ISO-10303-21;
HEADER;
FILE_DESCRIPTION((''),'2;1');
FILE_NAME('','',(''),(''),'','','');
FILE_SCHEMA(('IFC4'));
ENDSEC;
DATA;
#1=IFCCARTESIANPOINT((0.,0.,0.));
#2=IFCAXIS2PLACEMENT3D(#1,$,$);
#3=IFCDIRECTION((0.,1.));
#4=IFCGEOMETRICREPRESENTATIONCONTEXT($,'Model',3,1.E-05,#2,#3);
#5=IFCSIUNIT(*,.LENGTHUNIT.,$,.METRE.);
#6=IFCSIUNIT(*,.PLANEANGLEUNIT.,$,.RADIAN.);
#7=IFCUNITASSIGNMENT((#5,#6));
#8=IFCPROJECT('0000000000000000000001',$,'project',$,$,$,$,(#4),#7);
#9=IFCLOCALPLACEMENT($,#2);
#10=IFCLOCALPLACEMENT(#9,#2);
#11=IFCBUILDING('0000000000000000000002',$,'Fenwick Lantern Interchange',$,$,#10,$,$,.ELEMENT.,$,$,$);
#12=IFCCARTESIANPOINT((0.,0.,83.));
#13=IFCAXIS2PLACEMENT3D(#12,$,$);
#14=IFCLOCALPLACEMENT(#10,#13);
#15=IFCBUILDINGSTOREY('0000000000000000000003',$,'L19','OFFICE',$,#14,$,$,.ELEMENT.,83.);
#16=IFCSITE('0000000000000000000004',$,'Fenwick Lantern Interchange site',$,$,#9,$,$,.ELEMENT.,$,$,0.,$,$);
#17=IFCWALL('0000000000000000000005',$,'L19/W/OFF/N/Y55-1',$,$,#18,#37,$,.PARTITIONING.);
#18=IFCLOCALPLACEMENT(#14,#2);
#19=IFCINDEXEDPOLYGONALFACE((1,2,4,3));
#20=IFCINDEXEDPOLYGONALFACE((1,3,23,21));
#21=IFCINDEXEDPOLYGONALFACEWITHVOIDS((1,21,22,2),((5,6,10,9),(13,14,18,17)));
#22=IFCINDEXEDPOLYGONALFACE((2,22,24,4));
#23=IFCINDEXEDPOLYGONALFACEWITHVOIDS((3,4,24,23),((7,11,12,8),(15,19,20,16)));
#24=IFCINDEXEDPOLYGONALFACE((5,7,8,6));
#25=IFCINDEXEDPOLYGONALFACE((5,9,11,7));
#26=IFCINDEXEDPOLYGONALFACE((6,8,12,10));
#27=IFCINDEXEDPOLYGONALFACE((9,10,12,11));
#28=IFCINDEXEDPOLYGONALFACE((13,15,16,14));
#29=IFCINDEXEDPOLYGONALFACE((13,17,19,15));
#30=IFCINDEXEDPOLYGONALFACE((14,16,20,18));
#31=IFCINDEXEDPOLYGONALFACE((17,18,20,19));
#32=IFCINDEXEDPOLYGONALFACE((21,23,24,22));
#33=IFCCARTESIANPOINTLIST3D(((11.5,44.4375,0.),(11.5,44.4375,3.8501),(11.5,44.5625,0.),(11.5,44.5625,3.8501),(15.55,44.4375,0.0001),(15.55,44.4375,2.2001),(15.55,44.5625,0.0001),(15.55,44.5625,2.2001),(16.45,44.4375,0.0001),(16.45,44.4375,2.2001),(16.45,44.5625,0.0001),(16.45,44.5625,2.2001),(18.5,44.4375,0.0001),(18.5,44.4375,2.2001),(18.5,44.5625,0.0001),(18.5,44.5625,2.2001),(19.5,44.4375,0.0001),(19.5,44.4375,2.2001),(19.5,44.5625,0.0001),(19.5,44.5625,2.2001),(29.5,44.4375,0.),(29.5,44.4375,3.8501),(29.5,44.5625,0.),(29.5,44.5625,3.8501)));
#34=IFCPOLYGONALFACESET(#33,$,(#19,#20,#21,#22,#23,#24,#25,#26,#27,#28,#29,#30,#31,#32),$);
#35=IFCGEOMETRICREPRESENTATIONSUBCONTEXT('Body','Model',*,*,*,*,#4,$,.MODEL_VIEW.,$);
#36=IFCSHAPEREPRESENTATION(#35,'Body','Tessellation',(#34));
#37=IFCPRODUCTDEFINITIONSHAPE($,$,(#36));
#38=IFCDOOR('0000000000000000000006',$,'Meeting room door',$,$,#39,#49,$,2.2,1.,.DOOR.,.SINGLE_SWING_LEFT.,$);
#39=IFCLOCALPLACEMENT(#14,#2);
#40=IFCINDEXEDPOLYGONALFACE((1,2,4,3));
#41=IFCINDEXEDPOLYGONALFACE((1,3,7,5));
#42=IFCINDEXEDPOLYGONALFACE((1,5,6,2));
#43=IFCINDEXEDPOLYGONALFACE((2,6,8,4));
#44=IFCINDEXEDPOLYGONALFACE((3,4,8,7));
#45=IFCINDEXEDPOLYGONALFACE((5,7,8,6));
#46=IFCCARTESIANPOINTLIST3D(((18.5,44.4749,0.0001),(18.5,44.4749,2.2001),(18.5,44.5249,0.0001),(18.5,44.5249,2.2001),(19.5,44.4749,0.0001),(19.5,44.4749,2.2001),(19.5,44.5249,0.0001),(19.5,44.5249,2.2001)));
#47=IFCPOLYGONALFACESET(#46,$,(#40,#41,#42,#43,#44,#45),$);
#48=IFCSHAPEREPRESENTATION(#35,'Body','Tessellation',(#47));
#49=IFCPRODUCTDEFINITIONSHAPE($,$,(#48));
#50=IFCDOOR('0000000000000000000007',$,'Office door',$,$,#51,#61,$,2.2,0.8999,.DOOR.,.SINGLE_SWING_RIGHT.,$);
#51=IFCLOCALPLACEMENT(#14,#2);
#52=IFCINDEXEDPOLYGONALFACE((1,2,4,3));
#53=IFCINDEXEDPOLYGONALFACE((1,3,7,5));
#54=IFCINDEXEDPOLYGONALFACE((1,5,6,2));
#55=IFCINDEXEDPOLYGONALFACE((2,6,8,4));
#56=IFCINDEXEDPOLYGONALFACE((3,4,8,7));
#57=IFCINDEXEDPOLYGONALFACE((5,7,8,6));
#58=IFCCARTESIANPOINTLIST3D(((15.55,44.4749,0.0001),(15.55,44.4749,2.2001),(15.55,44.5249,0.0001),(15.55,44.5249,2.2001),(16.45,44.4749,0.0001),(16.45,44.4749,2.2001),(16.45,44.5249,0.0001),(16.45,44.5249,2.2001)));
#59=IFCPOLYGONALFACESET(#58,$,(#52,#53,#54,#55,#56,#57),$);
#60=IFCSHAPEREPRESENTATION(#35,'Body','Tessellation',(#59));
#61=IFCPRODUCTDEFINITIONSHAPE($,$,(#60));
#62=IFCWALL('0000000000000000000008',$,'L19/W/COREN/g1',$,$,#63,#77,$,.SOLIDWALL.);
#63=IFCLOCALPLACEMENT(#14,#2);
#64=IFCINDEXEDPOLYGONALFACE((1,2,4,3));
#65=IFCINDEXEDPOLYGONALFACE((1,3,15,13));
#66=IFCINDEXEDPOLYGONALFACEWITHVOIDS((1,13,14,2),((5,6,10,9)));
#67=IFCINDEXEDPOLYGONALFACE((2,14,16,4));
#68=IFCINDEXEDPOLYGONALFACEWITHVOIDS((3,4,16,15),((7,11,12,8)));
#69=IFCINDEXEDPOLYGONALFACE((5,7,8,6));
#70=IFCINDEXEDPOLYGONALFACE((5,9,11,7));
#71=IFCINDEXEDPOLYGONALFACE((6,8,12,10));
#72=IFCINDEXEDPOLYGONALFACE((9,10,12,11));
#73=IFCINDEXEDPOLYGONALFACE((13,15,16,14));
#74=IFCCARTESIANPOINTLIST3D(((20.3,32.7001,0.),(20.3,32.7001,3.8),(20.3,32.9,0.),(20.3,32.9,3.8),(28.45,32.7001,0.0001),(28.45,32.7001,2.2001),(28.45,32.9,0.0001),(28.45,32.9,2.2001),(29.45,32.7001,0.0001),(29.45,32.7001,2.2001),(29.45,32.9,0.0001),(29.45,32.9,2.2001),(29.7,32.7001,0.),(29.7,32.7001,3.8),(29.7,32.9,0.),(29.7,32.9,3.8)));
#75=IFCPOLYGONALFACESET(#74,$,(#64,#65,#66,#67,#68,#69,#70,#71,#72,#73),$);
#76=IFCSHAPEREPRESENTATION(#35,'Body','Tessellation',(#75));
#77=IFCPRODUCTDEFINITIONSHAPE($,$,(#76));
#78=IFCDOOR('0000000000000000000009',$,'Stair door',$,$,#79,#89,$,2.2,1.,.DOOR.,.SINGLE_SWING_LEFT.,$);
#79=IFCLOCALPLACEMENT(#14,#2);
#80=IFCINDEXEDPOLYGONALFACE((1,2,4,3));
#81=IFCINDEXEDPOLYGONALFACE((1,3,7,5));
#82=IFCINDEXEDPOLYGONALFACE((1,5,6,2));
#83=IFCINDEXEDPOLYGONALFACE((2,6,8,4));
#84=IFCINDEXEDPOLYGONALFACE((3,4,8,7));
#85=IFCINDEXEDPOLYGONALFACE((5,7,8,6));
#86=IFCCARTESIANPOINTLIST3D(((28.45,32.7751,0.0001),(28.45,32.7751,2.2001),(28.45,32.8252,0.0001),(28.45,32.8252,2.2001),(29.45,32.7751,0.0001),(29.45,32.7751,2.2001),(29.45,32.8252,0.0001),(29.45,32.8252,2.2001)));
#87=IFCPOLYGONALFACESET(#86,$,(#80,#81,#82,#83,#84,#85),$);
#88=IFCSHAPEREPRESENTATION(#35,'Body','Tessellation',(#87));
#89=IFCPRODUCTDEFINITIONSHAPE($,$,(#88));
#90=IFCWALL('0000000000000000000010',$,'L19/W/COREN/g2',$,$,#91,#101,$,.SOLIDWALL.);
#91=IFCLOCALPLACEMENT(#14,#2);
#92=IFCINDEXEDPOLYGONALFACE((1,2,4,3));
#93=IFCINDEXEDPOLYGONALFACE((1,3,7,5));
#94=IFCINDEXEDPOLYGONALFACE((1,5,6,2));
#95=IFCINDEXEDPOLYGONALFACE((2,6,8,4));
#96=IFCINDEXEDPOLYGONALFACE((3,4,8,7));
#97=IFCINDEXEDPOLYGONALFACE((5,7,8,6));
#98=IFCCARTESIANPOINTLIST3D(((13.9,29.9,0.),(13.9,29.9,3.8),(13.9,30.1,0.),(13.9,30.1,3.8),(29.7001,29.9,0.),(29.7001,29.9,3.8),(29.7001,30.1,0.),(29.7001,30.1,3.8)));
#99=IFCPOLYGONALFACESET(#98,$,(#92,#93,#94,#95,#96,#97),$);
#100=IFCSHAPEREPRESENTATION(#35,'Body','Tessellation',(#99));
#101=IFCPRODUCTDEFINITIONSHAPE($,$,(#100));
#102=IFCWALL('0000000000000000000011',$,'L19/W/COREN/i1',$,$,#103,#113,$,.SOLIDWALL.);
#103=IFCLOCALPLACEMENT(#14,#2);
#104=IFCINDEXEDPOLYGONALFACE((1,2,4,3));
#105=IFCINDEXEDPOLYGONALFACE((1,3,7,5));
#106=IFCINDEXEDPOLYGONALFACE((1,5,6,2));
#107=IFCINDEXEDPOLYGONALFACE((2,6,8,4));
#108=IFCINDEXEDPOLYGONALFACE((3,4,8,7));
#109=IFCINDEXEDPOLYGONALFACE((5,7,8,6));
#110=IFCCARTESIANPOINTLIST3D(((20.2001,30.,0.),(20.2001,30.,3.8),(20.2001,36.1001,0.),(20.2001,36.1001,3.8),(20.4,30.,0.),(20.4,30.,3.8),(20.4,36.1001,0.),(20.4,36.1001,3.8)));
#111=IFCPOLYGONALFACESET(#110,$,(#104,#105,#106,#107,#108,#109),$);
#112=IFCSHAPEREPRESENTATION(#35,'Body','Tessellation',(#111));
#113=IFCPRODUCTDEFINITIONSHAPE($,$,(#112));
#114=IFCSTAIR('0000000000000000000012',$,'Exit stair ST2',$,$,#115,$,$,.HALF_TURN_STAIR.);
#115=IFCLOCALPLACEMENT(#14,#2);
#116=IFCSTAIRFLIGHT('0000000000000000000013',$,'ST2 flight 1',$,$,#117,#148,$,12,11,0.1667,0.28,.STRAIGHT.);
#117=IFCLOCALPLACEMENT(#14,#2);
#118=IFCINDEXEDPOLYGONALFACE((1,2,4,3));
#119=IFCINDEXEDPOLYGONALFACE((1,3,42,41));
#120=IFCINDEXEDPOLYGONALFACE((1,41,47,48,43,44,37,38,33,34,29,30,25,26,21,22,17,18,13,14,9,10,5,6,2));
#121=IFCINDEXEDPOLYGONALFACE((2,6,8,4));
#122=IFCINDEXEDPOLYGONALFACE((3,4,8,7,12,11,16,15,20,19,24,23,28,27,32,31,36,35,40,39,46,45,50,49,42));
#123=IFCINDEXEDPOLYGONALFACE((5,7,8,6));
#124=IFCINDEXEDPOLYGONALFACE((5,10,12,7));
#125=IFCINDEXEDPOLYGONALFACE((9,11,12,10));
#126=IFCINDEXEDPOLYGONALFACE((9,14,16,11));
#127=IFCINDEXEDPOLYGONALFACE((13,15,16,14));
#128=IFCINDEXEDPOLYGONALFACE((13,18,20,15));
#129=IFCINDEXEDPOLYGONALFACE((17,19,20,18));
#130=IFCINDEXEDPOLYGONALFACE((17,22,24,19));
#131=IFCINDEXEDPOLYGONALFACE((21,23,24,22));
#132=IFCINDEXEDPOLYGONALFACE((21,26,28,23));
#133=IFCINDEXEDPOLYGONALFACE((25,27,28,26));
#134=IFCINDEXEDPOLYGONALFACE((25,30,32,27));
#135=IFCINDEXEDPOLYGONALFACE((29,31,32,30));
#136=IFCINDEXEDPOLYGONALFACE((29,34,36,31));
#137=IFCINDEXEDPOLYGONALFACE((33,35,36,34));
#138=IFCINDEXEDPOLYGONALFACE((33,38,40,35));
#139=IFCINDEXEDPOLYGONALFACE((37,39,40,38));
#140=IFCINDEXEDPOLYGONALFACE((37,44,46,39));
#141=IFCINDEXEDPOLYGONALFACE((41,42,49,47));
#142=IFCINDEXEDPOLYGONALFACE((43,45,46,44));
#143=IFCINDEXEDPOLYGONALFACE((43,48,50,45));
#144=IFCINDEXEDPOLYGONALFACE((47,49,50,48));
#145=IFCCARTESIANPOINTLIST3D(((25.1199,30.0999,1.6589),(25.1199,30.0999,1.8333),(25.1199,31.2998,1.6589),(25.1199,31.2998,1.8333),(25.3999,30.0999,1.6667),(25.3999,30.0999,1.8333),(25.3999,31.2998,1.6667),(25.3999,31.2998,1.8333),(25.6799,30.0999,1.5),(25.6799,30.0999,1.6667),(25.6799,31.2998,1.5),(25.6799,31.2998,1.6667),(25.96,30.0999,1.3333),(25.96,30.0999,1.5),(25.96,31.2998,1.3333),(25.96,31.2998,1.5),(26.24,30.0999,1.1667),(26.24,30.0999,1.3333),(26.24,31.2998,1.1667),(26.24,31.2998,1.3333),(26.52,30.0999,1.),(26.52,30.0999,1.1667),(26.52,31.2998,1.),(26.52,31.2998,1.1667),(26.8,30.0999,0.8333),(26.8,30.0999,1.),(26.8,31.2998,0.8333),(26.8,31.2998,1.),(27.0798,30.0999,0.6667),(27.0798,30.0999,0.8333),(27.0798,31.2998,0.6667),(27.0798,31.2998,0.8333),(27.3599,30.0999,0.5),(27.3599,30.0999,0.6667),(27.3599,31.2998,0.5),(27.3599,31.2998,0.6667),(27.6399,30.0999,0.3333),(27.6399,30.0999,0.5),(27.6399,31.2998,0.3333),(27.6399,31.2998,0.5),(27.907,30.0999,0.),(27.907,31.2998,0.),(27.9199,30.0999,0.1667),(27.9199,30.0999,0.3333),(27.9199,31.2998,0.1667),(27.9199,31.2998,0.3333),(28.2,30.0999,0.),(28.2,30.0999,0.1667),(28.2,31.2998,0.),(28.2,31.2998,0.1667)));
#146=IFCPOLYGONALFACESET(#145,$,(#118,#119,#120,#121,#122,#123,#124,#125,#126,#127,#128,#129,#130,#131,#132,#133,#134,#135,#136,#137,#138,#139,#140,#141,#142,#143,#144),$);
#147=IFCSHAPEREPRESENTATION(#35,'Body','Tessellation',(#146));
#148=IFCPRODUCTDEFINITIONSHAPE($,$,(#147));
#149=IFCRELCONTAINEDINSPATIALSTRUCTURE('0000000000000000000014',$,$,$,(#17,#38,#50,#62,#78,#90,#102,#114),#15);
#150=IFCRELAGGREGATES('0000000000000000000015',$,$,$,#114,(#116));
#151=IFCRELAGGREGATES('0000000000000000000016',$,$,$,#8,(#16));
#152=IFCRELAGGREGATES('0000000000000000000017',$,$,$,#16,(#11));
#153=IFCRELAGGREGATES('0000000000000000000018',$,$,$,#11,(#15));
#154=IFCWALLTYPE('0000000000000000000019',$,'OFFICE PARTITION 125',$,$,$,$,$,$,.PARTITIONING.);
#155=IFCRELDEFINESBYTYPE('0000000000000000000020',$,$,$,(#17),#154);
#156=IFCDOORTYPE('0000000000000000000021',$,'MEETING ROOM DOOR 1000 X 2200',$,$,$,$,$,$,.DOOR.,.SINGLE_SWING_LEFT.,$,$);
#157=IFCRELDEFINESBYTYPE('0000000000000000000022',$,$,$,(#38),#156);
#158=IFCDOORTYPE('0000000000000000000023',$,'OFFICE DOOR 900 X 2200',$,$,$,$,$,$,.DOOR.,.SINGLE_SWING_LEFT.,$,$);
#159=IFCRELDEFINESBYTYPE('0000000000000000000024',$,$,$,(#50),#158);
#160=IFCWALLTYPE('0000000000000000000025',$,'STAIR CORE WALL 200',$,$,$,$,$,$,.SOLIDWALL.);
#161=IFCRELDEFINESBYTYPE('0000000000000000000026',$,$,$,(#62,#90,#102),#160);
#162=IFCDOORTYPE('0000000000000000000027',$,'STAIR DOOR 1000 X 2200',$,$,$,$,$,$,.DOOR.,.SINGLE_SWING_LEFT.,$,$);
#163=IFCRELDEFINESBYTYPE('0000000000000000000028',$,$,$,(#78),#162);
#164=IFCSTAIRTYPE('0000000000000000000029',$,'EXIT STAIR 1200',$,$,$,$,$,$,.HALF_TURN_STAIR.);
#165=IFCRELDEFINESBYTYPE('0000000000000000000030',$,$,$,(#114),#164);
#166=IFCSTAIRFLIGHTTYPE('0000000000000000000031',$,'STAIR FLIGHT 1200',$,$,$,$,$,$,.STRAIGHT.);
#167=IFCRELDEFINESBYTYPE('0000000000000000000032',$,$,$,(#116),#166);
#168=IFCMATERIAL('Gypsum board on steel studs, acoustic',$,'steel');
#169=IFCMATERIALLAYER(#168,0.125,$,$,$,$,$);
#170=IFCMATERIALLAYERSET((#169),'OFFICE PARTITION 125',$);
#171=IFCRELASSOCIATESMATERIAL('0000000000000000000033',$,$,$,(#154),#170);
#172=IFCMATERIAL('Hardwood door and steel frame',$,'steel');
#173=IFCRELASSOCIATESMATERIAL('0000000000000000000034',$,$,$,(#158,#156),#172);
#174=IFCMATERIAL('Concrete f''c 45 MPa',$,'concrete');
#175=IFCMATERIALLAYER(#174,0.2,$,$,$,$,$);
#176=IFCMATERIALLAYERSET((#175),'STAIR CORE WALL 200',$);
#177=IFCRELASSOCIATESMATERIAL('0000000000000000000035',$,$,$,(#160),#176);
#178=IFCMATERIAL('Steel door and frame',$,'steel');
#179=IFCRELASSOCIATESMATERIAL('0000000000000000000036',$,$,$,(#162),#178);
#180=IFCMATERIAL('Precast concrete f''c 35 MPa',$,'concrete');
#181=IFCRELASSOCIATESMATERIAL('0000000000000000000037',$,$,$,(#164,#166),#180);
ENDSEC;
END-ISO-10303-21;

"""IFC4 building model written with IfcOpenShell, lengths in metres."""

from ifc_helpers import new_model, si_unit, direction, frame, frame_2d, origin, place, context, subcontext, project, spatial, polyline, rectangle, outline, extrude, material, layer, layer_set, type_object, element, fill, aggregate, save


model = new_model("IFC4")

# Units and contexts
model_context = context("Model", 3, precision=1e-05, world=origin(), true_north=direction((0.0, 1.0)))
body_context = subcontext(model_context, "Body", "Model", "MODEL_VIEW")
ifc_project = project(units=[si_unit("LENGTHUNIT", "METRE"), si_unit("PLANEANGLEUNIT", "RADIAN")], contexts=[model_context])

# Site, building, storey
site_placement = place(None, origin())
site = spatial("IfcSite", under=ifc_project, at=site_placement, Name="Fenwick Lantern Interchange site", CompositionType="ELEMENT", RefElevation=0.0)
building_placement = place(site_placement, origin())
building = spatial("IfcBuilding", under=site, at=building_placement, Name="Fenwick Lantern Interchange", CompositionType="ELEMENT")
storey_placement = place(building_placement, frame((0.0, 0.0, 83.0)))
storey = spatial("IfcBuildingStorey", under=building, at=storey_placement, Name="L19", Description="OFFICE", CompositionType="ELEMENT", Elevation=83.0)

# Shared definitions
ifc_material_1 = material(Name="Steel door and frame", Category="steel")

# Shared definitions
ifc_material_2 = material(Name="Gypsum board on steel studs, acoustic", Category="steel")
ifc_layer_1 = layer(ifc_material_2, 0.125)
ifc_layer_set_1 = layer_set([ifc_layer_1], Name="OFFICE PARTITION 125")
wall_type_1 = type_object("IfcWallType", Name="OFFICE PARTITION 125", PredefinedType="PARTITIONING", material=ifc_layer_set_1)
ifc_material_3 = material(Name="Hardwood door and steel frame", Category="steel")
door_type_1 = type_object("IfcDoorType", Name="OFFICE DOOR 900 X 2200", OperationType="SINGLE_SWING_LEFT", PredefinedType="DOOR", material=ifc_material_3)

# Wall, openings, doors
wall_1_placement = place(storey_placement, frame((29.5, 44.5, 0.0), z_axis=(0.0, 0.0, 1.0), x_axis=(-1.0, 0.0, 0.0)))
wall_1 = element("IfcWall", 1, at=wall_1_placement, inside=storey, type_object=wall_type_1, Name="L19/W/OFF/N/Y55-1", PredefinedType="PARTITIONING", context=body_context, shape_type="SweptSolid", body=[
    extrude(rectangle(XDim=18.0, YDim=0.125, at=frame_2d((9.0, 0.0))), origin(), (0.0, 0.0, 1.0), 3.8501),
])
opening_1_placement = place(wall_1_placement, frame((10.0, 0.0, 0.0)))
opening_1 = element("IfcOpeningElement", 2, at=opening_1_placement, cuts=wall_1, PredefinedType="OPENING", context=body_context, shape_type="SweptSolid", body=[
    extrude(rectangle(XDim=1.0, YDim=2.2, at=frame_2d((0.5, 1.1001))), frame((0.0, 0.0725, 0.0), z_axis=(0.0, -1.0, 0.0), x_axis=(1.0, 0.0, 0.0)), (0.0, 0.0, 1.0), 0.145),
])
opening_2_placement = place(wall_1_placement, frame((13.05, 0.0, 0.0)))
opening_2 = element("IfcOpeningElement", 3, at=opening_2_placement, cuts=wall_1, PredefinedType="OPENING", context=body_context, shape_type="SweptSolid", body=[
    extrude(rectangle(XDim=0.8999, YDim=2.2, at=frame_2d((0.45, 1.1001))), frame((0.0, 0.0725, 0.0), z_axis=(0.0, -1.0, 0.0), x_axis=(1.0, 0.0, 0.0)), (0.0, 0.0, 1.0), 0.145),
])
door_type_2 = type_object("IfcDoorType", Name="MEETING ROOM DOOR 1000 X 2200", OperationType="SINGLE_SWING_LEFT", PredefinedType="DOOR", material=ifc_material_3)
door_1_placement = place(opening_1_placement, frame((1.0, 0.0, 0.0), z_axis=(0.0, 0.0, 1.0), x_axis=(-1.0, 0.0, 0.0)))
door_1 = element("IfcDoor", 4, at=door_1_placement, inside=storey, type_object=door_type_2, Name="Meeting room door", OperationType="SINGLE_SWING_LEFT", OverallHeight=2.2, OverallWidth=1.0, PredefinedType="DOOR", context=body_context, shape_type="SweptSolid", body=[
    extrude(rectangle(XDim=1.0, YDim=2.2, at=frame_2d((0.5, 1.1001))), frame((0.0, 0.0249, 0.0), z_axis=(0.0, -1.0, 0.0), x_axis=(1.0, 0.0, 0.0)), (0.0, 0.0, 1.0), 0.05),
])
fill(opening_1, door_1)
door_2_placement = place(opening_2_placement, frame((0.8999, 0.0, 0.0), z_axis=(0.0, 0.0, 1.0), x_axis=(-1.0, 0.0, 0.0)))
door_2 = element("IfcDoor", 5, at=door_2_placement, inside=storey, type_object=door_type_1, Name="Office door", OperationType="SINGLE_SWING_RIGHT", OverallHeight=2.2, OverallWidth=0.8999, PredefinedType="DOOR", context=body_context, shape_type="SweptSolid", body=[
    extrude(rectangle(XDim=0.8999, YDim=2.2, at=frame_2d((0.45, 1.1001))), frame((0.0, 0.0249, 0.0), z_axis=(0.0, -1.0, 0.0), x_axis=(1.0, 0.0, 0.0)), (0.0, 0.0, 1.0), 0.05),
])
fill(opening_2, door_2)

# Wall, opening, door
ifc_material_4 = material(Name="Concrete f'c 45 MPa", Category="concrete")
ifc_layer_2 = layer(ifc_material_4, 0.2)
ifc_layer_set_2 = layer_set([ifc_layer_2], Name="STAIR CORE WALL 200")
wall_type_2 = type_object("IfcWallType", Name="STAIR CORE WALL 200", PredefinedType="SOLIDWALL", material=ifc_layer_set_2)
wall_2_placement = place(storey_placement, frame((29.7, 32.8, 0.0), z_axis=(0.0, 0.0, 1.0), x_axis=(-1.0, 0.0, 0.0)))
wall_2 = element("IfcWall", 6, at=wall_2_placement, inside=storey, type_object=wall_type_2, Name="L19/W/COREN/g1", PredefinedType="SOLIDWALL", context=body_context, shape_type="SweptSolid", body=[
    extrude(rectangle(XDim=9.3999, YDim=0.2, at=frame_2d((4.7, 0.0))), origin(), (0.0, 0.0, 1.0), 3.8),
])
opening_3_placement = place(wall_2_placement, frame((0.25, 0.0, 0.0)))
opening_3 = element("IfcOpeningElement", 7, at=opening_3_placement, cuts=wall_2, PredefinedType="OPENING", context=body_context, shape_type="SweptSolid", body=[
    extrude(rectangle(XDim=1.0, YDim=2.2, at=frame_2d((0.5, 1.1001))), frame((0.0, 0.1099, 0.0), z_axis=(0.0, -1.0, 0.0), x_axis=(1.0, 0.0, 0.0)), (0.0, 0.0, 1.0), 0.22),
])
door_type_3 = type_object("IfcDoorType", Name="STAIR DOOR 1000 X 2200", OperationType="SINGLE_SWING_LEFT", PredefinedType="DOOR", material=ifc_material_1)
door_3_placement = place(opening_3_placement, origin())
door_3 = element("IfcDoor", 8, at=door_3_placement, inside=storey, type_object=door_type_3, Name="Stair door", OperationType="SINGLE_SWING_LEFT", OverallHeight=2.2, OverallWidth=1.0, PredefinedType="DOOR", context=body_context, shape_type="SweptSolid", body=[
    extrude(rectangle(XDim=1.0, YDim=2.2, at=frame_2d((0.5, 1.1001))), frame((0.0, 0.0249, 0.0), z_axis=(0.0, -1.0, 0.0), x_axis=(1.0, 0.0, 0.0)), (0.0, 0.0, 1.0), 0.05),
])
fill(opening_3, door_3)

# Walls
wall_3_placement = place(storey_placement, frame((29.7, 30.0, 0.0), z_axis=(0.0, 0.0, 1.0), x_axis=(-1.0, 0.0, 0.0)))
element("IfcWall", 9, at=wall_3_placement, inside=storey, type_object=wall_type_2, Name="L19/W/COREN/g2", PredefinedType="SOLIDWALL", context=body_context, shape_type="SweptSolid", body=[
    extrude(rectangle(XDim=15.8, YDim=0.2, at=frame_2d((7.8999, 0.0))), origin(), (0.0, 0.0, 1.0), 3.8),
])
wall_4_placement = place(storey_placement, frame((20.3, 36.1001, 0.0), z_axis=(0.0, 0.0, 1.0), x_axis=(0.0, -1.0, 0.0)))
element("IfcWall", 10, at=wall_4_placement, inside=storey, type_object=wall_type_2, Name="L19/W/COREN/i1", PredefinedType="SOLIDWALL", context=body_context, shape_type="SweptSolid", body=[
    extrude(rectangle(XDim=6.1001, YDim=0.2, at=frame_2d((3.05, 0.0))), origin(), (0.0, 0.0, 1.0), 3.8),
])

# Stair, stair flight
ifc_material_5 = material(Name="Precast concrete f'c 35 MPa", Category="concrete")
stair_type = type_object("IfcStairType", Name="EXIT STAIR 1200", PredefinedType="HALF_TURN_STAIR", material=ifc_material_5)
stair_placement = place(storey_placement, origin())
stair = element("IfcStair", 11, at=stair_placement, inside=storey, type_object=stair_type, Name="Exit stair ST2", PredefinedType="HALF_TURN_STAIR")
stair_flight_type = type_object("IfcStairFlightType", Name="STAIR FLIGHT 1200", PredefinedType="STRAIGHT", material=ifc_material_5)
stair_flight_1_placement = place(storey_placement, frame((28.2, 30.7, 0.0), z_axis=(0.0, 0.0, 1.0), x_axis=(-1.0, 0.0, 0.0)))
stair_flight_1 = element("IfcStairFlight", 12, at=stair_flight_1_placement, type_object=stair_flight_type, Name="ST2 flight 1", NumberOfRisers=12, NumberOfTreads=11, PredefinedType="STRAIGHT", RiserHeight=0.1667, TreadLength=0.28, context=body_context, shape_type="SweptSolid", body=[
    extrude(outline(polyline([(0.0, 0.0), (0.0, 0.1667), (0.28, 0.1667), (0.28, 0.3333), (0.5601, 0.3333), (0.5601, 0.5), (0.8401, 0.5), (0.8401, 0.6667), (1.1201, 0.6667), (1.1201, 0.8333), (1.3999, 0.8333), (1.3999, 1.0), (1.6799, 1.0), (1.6799, 1.1667), (1.96, 1.1667), (1.96, 1.3333), (2.24, 1.3333), (2.24, 1.5), (2.52, 1.5), (2.52, 1.6667), (2.8, 1.6667), (2.8, 1.8333), (3.0801, 1.8333), (3.0801, 2.0), (3.0801, 1.6589), (0.293, 0.0), (0.0, 0.0)])), frame((0.0, 0.6001, 0.0), z_axis=(0.0, -1.0, 0.0), x_axis=(1.0, 0.0, 0.0)), (0.0, 0.0, 1.0), 1.2),
])
aggregate(stair, [stair_flight_1])

save(model, "model.ifc")
